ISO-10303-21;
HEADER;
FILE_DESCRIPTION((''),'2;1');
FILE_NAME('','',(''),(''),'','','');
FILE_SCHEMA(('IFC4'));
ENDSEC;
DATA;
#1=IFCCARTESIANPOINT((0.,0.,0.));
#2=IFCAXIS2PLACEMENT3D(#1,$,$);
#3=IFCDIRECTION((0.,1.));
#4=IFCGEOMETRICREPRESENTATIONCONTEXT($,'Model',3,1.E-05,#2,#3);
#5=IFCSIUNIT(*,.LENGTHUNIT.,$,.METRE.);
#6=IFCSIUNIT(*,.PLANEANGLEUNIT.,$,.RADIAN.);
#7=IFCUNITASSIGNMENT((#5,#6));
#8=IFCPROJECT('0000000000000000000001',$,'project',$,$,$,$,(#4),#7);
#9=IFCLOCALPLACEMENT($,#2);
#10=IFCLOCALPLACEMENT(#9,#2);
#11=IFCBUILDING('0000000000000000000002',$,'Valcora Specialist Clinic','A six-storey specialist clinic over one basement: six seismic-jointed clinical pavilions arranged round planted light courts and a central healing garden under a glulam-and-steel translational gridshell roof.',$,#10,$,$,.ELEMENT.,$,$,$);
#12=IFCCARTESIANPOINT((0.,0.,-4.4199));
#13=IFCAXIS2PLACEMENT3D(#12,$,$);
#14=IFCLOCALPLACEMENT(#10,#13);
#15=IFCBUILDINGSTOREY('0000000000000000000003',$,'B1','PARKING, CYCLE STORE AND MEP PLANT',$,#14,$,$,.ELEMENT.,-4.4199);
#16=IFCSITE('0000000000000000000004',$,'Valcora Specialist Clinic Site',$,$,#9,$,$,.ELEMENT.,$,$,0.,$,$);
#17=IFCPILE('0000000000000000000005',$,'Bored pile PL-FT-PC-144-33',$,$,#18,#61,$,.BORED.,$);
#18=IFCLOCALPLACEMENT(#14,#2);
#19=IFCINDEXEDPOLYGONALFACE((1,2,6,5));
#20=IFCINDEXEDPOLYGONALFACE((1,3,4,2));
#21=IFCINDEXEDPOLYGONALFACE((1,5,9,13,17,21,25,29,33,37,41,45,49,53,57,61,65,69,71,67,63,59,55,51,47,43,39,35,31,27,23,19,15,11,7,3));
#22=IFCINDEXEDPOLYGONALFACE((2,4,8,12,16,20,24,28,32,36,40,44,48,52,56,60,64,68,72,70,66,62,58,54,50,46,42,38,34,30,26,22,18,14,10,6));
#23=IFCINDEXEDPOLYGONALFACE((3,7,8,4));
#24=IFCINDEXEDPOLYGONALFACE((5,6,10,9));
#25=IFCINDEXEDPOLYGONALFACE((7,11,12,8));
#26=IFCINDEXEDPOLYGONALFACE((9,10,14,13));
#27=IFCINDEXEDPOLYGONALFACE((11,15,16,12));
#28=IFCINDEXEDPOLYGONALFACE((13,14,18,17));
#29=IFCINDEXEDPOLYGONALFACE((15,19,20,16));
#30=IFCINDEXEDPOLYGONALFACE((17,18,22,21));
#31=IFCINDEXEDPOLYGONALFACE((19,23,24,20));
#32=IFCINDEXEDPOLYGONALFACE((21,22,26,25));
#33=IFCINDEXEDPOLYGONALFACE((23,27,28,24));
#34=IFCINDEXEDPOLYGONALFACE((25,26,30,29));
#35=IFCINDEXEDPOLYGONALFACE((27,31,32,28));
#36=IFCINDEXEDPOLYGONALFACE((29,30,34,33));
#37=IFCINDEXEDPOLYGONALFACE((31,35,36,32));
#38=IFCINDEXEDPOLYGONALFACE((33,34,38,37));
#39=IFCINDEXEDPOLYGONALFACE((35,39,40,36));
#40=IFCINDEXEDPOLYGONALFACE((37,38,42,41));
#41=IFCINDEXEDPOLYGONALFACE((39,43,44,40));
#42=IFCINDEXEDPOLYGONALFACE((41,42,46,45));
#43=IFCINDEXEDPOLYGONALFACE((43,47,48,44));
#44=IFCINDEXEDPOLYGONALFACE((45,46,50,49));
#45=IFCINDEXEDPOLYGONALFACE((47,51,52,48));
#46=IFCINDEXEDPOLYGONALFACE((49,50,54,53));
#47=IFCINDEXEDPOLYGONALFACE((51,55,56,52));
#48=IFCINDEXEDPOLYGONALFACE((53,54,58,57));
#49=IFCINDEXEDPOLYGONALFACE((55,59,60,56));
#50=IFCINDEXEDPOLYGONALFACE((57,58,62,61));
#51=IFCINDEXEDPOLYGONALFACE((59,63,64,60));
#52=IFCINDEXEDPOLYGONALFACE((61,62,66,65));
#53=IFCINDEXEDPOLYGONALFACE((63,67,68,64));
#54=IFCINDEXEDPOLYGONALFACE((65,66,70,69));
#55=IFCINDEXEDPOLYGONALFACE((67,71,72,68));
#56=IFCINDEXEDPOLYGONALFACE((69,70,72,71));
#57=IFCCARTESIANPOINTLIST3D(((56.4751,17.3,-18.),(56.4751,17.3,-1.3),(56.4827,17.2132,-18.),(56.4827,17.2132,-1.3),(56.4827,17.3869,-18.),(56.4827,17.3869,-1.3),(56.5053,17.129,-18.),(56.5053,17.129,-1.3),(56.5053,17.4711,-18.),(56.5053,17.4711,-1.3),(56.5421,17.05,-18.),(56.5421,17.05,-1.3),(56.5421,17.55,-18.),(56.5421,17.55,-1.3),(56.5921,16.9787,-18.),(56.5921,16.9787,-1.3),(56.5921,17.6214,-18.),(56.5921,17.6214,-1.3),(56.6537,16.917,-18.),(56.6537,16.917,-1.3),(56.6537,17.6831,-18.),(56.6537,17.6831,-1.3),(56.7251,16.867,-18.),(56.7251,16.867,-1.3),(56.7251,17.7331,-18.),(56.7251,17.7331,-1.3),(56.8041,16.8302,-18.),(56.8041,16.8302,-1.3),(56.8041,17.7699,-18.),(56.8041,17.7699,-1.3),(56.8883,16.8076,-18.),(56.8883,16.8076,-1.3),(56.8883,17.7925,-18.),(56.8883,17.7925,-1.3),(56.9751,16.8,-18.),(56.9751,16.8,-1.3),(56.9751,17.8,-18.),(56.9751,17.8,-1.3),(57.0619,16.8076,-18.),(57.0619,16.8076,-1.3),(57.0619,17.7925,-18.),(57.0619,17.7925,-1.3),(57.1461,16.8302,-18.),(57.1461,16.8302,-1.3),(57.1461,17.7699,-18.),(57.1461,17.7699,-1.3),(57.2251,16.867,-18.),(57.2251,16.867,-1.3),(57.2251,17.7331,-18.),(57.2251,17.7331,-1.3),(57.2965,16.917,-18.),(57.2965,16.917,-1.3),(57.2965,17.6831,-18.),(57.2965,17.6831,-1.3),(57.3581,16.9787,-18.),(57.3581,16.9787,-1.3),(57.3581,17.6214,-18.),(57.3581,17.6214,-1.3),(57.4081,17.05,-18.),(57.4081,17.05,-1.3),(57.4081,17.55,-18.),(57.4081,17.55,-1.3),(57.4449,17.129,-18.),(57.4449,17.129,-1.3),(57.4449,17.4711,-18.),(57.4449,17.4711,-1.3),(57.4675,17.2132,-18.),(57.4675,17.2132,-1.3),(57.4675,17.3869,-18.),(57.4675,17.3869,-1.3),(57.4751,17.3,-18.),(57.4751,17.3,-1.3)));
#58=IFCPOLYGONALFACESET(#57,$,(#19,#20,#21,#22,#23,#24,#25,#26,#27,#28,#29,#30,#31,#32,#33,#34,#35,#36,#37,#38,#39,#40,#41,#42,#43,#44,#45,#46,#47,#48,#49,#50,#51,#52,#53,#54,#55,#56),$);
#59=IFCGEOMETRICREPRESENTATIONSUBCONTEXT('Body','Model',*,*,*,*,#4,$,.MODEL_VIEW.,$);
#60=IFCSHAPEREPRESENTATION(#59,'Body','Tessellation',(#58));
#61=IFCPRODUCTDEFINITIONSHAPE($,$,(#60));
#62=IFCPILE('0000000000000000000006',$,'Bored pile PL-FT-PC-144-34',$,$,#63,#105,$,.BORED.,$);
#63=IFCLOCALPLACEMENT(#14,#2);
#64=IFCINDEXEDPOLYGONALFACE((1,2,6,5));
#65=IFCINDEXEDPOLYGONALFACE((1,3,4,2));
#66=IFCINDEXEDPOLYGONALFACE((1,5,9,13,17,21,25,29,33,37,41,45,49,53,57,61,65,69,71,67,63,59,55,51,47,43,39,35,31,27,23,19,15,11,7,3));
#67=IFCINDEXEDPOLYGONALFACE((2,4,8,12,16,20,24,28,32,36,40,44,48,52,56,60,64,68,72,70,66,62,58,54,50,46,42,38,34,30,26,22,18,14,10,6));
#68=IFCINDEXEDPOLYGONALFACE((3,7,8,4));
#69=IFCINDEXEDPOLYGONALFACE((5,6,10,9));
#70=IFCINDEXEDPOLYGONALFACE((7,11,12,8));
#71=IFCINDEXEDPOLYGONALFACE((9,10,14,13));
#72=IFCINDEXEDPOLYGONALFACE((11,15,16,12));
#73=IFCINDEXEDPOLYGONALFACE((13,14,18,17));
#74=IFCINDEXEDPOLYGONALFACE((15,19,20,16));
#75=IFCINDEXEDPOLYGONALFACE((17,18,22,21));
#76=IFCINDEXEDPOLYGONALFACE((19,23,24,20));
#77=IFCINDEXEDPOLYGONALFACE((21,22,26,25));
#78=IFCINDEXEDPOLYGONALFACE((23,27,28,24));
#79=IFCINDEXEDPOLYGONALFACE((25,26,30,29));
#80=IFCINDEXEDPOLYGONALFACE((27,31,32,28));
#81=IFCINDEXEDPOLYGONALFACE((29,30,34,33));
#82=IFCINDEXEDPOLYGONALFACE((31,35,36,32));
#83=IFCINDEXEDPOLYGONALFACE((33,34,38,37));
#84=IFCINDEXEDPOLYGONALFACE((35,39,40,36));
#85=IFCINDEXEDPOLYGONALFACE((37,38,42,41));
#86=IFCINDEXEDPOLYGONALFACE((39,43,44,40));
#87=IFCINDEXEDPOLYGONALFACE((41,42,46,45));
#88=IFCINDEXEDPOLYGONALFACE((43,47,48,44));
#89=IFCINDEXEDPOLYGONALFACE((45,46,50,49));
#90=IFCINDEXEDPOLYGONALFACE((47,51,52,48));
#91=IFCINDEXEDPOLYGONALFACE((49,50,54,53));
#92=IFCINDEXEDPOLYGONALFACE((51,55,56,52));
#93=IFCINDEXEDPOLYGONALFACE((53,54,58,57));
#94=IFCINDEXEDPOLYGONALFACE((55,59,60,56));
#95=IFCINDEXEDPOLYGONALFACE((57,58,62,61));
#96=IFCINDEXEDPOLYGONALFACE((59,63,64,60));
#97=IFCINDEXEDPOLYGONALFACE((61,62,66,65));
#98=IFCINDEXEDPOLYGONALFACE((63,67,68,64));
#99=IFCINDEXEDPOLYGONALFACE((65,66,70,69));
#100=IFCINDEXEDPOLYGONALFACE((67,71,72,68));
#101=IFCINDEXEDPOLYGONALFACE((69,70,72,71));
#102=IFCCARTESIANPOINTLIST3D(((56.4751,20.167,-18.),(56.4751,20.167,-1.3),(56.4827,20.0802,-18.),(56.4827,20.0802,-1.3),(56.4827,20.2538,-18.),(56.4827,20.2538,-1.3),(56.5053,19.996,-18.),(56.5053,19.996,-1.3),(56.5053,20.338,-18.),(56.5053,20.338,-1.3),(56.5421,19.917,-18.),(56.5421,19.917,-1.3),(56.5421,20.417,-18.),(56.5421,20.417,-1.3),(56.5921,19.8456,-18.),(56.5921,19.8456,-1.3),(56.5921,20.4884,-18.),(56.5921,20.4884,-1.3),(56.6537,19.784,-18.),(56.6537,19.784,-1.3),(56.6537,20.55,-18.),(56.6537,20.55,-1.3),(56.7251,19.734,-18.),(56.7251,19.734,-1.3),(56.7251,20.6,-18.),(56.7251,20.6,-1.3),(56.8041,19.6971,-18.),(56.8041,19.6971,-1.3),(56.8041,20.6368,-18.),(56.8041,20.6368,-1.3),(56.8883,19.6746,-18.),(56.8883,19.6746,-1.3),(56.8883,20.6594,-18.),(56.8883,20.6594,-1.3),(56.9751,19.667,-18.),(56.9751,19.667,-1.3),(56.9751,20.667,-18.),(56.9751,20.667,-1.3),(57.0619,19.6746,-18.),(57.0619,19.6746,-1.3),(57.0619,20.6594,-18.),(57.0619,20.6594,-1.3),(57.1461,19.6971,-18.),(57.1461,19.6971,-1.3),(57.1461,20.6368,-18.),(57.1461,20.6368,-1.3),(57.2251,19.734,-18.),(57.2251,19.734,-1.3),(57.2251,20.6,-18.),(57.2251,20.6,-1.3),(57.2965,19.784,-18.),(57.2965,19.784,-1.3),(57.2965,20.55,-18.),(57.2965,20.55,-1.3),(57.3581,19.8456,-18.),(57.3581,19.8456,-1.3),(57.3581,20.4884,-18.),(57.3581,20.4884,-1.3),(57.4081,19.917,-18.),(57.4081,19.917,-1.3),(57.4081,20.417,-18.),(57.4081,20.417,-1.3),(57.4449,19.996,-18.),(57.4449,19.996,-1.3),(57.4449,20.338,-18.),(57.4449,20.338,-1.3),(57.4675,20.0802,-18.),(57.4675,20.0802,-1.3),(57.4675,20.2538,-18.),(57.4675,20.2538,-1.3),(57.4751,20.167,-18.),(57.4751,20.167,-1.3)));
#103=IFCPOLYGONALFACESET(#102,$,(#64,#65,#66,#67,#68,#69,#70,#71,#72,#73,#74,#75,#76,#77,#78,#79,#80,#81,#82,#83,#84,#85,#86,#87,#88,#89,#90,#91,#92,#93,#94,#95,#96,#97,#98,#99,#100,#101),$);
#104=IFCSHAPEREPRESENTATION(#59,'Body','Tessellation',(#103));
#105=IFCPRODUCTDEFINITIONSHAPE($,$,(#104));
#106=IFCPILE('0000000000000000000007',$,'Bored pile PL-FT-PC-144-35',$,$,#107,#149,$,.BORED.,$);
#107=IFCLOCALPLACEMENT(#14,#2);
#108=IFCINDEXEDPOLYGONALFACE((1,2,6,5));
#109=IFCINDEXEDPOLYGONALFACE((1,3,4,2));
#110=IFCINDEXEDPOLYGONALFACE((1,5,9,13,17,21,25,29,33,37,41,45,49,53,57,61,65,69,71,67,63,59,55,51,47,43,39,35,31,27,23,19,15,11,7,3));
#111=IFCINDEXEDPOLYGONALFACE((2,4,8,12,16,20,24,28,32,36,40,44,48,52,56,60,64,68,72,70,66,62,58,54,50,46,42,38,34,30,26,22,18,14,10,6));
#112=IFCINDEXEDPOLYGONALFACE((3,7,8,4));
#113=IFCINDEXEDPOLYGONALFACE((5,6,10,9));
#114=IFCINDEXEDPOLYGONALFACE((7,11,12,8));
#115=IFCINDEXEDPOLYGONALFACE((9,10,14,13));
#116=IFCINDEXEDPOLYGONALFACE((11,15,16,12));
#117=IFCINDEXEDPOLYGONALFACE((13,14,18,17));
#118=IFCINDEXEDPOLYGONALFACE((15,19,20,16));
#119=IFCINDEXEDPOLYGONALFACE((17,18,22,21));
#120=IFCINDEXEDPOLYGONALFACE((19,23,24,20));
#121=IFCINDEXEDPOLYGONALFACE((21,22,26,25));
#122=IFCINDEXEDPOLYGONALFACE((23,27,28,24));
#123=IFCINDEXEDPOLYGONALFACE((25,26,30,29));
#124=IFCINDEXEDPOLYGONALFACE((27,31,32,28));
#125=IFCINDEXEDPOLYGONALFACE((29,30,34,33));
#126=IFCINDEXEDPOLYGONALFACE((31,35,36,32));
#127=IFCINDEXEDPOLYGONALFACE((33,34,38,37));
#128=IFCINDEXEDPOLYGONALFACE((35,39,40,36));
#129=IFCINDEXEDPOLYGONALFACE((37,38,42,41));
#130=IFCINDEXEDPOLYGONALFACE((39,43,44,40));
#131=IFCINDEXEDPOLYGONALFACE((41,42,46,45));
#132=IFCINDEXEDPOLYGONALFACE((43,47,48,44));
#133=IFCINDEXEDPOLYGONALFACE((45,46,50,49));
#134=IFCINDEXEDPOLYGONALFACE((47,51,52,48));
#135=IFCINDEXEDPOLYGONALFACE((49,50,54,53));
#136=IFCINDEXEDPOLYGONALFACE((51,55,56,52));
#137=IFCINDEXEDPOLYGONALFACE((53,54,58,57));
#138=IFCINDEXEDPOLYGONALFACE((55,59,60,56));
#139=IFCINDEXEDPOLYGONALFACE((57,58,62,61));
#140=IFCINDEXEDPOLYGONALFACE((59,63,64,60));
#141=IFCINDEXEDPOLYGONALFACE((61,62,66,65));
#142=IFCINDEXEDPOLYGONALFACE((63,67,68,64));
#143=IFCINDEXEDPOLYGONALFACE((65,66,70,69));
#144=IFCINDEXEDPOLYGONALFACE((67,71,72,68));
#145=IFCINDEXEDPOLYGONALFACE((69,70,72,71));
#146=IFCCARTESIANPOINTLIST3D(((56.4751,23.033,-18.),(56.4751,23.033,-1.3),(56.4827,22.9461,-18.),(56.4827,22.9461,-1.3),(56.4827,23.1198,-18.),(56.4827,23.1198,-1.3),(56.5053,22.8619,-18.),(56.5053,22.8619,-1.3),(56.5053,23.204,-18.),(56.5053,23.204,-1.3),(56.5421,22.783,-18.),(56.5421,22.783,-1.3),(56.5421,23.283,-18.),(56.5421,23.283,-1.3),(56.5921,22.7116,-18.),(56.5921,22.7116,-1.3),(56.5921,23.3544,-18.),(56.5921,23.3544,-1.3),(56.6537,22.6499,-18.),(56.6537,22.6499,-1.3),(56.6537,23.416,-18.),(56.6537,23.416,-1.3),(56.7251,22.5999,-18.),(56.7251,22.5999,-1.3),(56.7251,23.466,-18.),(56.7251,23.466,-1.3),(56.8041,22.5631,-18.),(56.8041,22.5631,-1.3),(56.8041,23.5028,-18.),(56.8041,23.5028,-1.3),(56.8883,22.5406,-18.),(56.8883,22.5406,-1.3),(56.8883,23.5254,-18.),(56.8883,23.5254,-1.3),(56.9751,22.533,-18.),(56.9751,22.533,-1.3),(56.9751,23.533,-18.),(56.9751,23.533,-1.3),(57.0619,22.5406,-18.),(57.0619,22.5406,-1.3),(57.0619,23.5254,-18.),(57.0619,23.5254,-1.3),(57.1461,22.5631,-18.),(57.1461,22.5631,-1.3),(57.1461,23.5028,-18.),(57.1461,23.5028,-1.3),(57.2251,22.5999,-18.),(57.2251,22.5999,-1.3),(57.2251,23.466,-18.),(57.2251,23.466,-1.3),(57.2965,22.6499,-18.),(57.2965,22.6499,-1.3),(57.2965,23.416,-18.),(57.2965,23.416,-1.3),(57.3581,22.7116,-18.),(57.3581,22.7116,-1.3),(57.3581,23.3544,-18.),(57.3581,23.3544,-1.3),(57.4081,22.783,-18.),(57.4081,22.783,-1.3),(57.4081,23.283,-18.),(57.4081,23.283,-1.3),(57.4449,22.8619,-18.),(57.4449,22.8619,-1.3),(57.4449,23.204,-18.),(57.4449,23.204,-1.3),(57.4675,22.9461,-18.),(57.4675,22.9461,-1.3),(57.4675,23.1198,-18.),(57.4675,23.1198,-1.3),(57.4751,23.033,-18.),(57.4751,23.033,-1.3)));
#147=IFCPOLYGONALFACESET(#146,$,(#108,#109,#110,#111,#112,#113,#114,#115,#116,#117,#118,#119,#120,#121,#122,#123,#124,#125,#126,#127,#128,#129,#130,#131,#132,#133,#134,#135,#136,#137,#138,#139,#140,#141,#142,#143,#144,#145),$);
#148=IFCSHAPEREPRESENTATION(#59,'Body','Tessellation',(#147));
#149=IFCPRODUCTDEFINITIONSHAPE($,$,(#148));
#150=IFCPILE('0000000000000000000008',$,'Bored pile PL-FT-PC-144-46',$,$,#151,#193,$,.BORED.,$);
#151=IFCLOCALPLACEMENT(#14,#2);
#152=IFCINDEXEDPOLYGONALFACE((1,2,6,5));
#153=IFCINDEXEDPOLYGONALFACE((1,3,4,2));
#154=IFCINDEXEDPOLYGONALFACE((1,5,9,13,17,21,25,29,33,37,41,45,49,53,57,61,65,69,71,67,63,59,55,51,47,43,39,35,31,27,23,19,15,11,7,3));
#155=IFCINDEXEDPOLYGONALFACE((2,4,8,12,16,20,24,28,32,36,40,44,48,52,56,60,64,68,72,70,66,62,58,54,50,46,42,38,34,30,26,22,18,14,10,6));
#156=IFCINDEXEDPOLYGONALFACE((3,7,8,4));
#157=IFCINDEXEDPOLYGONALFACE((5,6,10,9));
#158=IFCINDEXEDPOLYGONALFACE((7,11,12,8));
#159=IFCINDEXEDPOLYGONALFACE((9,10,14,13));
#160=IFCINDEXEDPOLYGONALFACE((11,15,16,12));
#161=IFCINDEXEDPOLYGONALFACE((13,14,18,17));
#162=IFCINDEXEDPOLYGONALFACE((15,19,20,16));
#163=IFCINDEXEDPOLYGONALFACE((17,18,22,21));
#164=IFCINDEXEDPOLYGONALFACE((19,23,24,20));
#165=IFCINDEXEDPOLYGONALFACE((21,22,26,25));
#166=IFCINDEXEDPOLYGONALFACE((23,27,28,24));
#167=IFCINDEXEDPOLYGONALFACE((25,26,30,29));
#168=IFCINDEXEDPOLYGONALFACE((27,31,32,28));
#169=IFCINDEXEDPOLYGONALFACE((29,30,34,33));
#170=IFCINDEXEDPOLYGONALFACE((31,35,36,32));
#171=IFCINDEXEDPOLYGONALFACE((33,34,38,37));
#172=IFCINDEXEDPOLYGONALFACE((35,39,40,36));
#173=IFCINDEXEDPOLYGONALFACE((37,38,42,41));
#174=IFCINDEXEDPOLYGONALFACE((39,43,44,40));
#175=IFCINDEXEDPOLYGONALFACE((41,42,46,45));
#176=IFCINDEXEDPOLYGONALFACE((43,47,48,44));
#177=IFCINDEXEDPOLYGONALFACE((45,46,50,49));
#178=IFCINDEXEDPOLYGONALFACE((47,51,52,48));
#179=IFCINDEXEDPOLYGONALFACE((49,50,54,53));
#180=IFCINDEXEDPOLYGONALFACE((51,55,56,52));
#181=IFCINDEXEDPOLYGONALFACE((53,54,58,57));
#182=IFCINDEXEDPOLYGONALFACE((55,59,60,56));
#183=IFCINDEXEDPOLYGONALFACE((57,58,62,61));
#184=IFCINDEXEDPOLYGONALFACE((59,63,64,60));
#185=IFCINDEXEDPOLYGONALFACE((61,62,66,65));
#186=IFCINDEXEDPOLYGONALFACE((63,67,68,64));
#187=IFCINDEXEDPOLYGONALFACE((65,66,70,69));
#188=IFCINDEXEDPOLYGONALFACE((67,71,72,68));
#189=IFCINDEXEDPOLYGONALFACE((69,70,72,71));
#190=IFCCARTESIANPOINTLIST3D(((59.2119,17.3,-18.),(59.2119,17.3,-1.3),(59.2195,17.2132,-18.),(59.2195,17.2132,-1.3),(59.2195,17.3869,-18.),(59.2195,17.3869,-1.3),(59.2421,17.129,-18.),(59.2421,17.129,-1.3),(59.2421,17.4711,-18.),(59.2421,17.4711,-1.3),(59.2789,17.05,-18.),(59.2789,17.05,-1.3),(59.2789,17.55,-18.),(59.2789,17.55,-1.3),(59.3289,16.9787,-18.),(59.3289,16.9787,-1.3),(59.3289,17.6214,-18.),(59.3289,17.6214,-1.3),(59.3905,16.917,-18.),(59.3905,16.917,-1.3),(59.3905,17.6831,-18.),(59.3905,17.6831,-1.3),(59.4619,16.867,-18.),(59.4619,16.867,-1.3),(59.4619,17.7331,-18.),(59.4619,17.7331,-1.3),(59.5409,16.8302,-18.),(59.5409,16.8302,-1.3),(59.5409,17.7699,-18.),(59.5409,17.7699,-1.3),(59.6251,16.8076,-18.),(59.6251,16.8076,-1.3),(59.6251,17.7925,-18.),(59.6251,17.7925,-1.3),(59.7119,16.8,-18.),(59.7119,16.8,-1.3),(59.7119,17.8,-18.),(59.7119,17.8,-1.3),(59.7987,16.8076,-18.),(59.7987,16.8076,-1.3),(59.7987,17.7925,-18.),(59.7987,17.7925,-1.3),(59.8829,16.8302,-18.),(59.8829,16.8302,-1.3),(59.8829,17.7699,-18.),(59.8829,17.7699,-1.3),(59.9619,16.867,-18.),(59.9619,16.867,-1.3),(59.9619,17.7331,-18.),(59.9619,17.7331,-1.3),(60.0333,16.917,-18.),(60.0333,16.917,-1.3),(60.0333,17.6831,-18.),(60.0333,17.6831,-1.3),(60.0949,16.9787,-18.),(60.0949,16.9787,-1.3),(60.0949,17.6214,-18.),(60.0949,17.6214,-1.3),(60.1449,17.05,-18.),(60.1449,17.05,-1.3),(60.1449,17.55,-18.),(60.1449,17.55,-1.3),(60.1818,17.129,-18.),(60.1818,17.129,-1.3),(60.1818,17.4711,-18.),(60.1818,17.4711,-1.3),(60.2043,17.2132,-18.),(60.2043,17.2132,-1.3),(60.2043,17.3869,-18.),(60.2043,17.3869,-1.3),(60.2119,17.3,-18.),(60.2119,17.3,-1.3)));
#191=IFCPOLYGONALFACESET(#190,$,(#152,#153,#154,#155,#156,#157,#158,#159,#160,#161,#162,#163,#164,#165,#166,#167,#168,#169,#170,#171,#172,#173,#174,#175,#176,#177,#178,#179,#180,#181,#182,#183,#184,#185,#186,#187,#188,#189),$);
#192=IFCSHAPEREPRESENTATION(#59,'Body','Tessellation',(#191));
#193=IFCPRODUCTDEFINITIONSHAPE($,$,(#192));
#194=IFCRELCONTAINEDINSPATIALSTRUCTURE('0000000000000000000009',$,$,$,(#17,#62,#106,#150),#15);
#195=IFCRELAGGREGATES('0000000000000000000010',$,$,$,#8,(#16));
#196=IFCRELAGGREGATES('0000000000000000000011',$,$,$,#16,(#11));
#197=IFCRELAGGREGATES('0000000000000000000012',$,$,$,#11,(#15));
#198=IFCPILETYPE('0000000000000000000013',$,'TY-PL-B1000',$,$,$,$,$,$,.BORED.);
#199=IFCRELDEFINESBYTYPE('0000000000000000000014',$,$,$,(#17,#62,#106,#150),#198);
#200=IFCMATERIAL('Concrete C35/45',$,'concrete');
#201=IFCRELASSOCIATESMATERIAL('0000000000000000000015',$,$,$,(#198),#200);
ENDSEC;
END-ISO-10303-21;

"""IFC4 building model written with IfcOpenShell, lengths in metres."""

from ifc_helpers import new_model, si_unit, direction, frame, origin, origin_2d, place, context, subcontext, project, spatial, circle, extrude, material, material_profile, profile_set, type_object, element, save


model = new_model("IFC4")

# Units and contexts
model_context = context("Model", 3, precision=1e-05, world=origin(), true_north=direction((0.0, 1.0)))
body_context = subcontext(model_context, "Body", "Model", "MODEL_VIEW")
ifc_project = project(units=[si_unit("LENGTHUNIT", "METRE"), si_unit("PLANEANGLEUNIT", "RADIAN")], contexts=[model_context])

# Site, building, storey
site_placement = place(None, origin())
site = spatial("IfcSite", under=ifc_project, at=site_placement, Name="Valcora Specialist Clinic Site", CompositionType="ELEMENT", RefElevation=0.0)
building_placement = place(site_placement, origin())
building = spatial("IfcBuilding", under=site, at=building_placement, Name="Valcora Specialist Clinic", Description="A six-storey specialist clinic over one basement: six seismic-jointed clinical pavilions arranged round planted light courts and a central healing garden under a glulam-and-steel translational gridshell roof.", CompositionType="ELEMENT")
storey_placement = place(building_placement, frame((0.0, 0.0, -4.4199)))
storey = spatial("IfcBuildingStorey", under=building, at=storey_placement, Name="B1", Description="PARKING, CYCLE STORE AND MEP PLANT", CompositionType="ELEMENT", Elevation=-4.4199)

# Shared definitions
ifc_material_1 = material(Name="Concrete C35/45", Category="concrete")

# Piles
ifc_material_profile_1 = material_profile(ifc_material_1, circle(Radius=0.5, at=origin_2d()), Name="RC-PIL-D1000")
ifc_profile_set_1 = profile_set([ifc_material_profile_1], Name="Concrete C35/45")
pile_type = type_object("IfcPileType", Name="TY-PL-B1000", PredefinedType="BORED", material=ifc_profile_set_1)
for number, where, z_axis, x_axis, name in (
    (1, (56.9751, 17.3, -1.3), (0.0, 0.0, -1.0), (1.0, 0.0, 0.0), "Bored pile PL-FT-PC-144-33"),
    (2, (56.9751, 20.167, -1.3), (0.0, 0.0, -1.0), (1.0, 0.0, 0.0), "Bored pile PL-FT-PC-144-34"),
    (3, (56.9751, 23.033, -1.3), (0.0, 0.0, -1.0), (1.0, 0.0, 0.0), "Bored pile PL-FT-PC-144-35"),
    (4, (59.7119, 17.3, -1.3), (0.0, 0.0, -1.0), (1.0, 0.0, 0.0), "Bored pile PL-FT-PC-144-46"),
):
    element("IfcPile", number, at=place(storey_placement, frame(where, z_axis=z_axis, x_axis=x_axis)), inside=storey, type_object=pile_type, Name=name, PredefinedType="BORED", context=body_context, shape_type="SweptSolid", body=[
        extrude(circle(Radius=0.5, at=origin_2d()), origin(), (0.0, 0.0, 1.0), 16.7),
    ])

save(model, "model.ifc")
